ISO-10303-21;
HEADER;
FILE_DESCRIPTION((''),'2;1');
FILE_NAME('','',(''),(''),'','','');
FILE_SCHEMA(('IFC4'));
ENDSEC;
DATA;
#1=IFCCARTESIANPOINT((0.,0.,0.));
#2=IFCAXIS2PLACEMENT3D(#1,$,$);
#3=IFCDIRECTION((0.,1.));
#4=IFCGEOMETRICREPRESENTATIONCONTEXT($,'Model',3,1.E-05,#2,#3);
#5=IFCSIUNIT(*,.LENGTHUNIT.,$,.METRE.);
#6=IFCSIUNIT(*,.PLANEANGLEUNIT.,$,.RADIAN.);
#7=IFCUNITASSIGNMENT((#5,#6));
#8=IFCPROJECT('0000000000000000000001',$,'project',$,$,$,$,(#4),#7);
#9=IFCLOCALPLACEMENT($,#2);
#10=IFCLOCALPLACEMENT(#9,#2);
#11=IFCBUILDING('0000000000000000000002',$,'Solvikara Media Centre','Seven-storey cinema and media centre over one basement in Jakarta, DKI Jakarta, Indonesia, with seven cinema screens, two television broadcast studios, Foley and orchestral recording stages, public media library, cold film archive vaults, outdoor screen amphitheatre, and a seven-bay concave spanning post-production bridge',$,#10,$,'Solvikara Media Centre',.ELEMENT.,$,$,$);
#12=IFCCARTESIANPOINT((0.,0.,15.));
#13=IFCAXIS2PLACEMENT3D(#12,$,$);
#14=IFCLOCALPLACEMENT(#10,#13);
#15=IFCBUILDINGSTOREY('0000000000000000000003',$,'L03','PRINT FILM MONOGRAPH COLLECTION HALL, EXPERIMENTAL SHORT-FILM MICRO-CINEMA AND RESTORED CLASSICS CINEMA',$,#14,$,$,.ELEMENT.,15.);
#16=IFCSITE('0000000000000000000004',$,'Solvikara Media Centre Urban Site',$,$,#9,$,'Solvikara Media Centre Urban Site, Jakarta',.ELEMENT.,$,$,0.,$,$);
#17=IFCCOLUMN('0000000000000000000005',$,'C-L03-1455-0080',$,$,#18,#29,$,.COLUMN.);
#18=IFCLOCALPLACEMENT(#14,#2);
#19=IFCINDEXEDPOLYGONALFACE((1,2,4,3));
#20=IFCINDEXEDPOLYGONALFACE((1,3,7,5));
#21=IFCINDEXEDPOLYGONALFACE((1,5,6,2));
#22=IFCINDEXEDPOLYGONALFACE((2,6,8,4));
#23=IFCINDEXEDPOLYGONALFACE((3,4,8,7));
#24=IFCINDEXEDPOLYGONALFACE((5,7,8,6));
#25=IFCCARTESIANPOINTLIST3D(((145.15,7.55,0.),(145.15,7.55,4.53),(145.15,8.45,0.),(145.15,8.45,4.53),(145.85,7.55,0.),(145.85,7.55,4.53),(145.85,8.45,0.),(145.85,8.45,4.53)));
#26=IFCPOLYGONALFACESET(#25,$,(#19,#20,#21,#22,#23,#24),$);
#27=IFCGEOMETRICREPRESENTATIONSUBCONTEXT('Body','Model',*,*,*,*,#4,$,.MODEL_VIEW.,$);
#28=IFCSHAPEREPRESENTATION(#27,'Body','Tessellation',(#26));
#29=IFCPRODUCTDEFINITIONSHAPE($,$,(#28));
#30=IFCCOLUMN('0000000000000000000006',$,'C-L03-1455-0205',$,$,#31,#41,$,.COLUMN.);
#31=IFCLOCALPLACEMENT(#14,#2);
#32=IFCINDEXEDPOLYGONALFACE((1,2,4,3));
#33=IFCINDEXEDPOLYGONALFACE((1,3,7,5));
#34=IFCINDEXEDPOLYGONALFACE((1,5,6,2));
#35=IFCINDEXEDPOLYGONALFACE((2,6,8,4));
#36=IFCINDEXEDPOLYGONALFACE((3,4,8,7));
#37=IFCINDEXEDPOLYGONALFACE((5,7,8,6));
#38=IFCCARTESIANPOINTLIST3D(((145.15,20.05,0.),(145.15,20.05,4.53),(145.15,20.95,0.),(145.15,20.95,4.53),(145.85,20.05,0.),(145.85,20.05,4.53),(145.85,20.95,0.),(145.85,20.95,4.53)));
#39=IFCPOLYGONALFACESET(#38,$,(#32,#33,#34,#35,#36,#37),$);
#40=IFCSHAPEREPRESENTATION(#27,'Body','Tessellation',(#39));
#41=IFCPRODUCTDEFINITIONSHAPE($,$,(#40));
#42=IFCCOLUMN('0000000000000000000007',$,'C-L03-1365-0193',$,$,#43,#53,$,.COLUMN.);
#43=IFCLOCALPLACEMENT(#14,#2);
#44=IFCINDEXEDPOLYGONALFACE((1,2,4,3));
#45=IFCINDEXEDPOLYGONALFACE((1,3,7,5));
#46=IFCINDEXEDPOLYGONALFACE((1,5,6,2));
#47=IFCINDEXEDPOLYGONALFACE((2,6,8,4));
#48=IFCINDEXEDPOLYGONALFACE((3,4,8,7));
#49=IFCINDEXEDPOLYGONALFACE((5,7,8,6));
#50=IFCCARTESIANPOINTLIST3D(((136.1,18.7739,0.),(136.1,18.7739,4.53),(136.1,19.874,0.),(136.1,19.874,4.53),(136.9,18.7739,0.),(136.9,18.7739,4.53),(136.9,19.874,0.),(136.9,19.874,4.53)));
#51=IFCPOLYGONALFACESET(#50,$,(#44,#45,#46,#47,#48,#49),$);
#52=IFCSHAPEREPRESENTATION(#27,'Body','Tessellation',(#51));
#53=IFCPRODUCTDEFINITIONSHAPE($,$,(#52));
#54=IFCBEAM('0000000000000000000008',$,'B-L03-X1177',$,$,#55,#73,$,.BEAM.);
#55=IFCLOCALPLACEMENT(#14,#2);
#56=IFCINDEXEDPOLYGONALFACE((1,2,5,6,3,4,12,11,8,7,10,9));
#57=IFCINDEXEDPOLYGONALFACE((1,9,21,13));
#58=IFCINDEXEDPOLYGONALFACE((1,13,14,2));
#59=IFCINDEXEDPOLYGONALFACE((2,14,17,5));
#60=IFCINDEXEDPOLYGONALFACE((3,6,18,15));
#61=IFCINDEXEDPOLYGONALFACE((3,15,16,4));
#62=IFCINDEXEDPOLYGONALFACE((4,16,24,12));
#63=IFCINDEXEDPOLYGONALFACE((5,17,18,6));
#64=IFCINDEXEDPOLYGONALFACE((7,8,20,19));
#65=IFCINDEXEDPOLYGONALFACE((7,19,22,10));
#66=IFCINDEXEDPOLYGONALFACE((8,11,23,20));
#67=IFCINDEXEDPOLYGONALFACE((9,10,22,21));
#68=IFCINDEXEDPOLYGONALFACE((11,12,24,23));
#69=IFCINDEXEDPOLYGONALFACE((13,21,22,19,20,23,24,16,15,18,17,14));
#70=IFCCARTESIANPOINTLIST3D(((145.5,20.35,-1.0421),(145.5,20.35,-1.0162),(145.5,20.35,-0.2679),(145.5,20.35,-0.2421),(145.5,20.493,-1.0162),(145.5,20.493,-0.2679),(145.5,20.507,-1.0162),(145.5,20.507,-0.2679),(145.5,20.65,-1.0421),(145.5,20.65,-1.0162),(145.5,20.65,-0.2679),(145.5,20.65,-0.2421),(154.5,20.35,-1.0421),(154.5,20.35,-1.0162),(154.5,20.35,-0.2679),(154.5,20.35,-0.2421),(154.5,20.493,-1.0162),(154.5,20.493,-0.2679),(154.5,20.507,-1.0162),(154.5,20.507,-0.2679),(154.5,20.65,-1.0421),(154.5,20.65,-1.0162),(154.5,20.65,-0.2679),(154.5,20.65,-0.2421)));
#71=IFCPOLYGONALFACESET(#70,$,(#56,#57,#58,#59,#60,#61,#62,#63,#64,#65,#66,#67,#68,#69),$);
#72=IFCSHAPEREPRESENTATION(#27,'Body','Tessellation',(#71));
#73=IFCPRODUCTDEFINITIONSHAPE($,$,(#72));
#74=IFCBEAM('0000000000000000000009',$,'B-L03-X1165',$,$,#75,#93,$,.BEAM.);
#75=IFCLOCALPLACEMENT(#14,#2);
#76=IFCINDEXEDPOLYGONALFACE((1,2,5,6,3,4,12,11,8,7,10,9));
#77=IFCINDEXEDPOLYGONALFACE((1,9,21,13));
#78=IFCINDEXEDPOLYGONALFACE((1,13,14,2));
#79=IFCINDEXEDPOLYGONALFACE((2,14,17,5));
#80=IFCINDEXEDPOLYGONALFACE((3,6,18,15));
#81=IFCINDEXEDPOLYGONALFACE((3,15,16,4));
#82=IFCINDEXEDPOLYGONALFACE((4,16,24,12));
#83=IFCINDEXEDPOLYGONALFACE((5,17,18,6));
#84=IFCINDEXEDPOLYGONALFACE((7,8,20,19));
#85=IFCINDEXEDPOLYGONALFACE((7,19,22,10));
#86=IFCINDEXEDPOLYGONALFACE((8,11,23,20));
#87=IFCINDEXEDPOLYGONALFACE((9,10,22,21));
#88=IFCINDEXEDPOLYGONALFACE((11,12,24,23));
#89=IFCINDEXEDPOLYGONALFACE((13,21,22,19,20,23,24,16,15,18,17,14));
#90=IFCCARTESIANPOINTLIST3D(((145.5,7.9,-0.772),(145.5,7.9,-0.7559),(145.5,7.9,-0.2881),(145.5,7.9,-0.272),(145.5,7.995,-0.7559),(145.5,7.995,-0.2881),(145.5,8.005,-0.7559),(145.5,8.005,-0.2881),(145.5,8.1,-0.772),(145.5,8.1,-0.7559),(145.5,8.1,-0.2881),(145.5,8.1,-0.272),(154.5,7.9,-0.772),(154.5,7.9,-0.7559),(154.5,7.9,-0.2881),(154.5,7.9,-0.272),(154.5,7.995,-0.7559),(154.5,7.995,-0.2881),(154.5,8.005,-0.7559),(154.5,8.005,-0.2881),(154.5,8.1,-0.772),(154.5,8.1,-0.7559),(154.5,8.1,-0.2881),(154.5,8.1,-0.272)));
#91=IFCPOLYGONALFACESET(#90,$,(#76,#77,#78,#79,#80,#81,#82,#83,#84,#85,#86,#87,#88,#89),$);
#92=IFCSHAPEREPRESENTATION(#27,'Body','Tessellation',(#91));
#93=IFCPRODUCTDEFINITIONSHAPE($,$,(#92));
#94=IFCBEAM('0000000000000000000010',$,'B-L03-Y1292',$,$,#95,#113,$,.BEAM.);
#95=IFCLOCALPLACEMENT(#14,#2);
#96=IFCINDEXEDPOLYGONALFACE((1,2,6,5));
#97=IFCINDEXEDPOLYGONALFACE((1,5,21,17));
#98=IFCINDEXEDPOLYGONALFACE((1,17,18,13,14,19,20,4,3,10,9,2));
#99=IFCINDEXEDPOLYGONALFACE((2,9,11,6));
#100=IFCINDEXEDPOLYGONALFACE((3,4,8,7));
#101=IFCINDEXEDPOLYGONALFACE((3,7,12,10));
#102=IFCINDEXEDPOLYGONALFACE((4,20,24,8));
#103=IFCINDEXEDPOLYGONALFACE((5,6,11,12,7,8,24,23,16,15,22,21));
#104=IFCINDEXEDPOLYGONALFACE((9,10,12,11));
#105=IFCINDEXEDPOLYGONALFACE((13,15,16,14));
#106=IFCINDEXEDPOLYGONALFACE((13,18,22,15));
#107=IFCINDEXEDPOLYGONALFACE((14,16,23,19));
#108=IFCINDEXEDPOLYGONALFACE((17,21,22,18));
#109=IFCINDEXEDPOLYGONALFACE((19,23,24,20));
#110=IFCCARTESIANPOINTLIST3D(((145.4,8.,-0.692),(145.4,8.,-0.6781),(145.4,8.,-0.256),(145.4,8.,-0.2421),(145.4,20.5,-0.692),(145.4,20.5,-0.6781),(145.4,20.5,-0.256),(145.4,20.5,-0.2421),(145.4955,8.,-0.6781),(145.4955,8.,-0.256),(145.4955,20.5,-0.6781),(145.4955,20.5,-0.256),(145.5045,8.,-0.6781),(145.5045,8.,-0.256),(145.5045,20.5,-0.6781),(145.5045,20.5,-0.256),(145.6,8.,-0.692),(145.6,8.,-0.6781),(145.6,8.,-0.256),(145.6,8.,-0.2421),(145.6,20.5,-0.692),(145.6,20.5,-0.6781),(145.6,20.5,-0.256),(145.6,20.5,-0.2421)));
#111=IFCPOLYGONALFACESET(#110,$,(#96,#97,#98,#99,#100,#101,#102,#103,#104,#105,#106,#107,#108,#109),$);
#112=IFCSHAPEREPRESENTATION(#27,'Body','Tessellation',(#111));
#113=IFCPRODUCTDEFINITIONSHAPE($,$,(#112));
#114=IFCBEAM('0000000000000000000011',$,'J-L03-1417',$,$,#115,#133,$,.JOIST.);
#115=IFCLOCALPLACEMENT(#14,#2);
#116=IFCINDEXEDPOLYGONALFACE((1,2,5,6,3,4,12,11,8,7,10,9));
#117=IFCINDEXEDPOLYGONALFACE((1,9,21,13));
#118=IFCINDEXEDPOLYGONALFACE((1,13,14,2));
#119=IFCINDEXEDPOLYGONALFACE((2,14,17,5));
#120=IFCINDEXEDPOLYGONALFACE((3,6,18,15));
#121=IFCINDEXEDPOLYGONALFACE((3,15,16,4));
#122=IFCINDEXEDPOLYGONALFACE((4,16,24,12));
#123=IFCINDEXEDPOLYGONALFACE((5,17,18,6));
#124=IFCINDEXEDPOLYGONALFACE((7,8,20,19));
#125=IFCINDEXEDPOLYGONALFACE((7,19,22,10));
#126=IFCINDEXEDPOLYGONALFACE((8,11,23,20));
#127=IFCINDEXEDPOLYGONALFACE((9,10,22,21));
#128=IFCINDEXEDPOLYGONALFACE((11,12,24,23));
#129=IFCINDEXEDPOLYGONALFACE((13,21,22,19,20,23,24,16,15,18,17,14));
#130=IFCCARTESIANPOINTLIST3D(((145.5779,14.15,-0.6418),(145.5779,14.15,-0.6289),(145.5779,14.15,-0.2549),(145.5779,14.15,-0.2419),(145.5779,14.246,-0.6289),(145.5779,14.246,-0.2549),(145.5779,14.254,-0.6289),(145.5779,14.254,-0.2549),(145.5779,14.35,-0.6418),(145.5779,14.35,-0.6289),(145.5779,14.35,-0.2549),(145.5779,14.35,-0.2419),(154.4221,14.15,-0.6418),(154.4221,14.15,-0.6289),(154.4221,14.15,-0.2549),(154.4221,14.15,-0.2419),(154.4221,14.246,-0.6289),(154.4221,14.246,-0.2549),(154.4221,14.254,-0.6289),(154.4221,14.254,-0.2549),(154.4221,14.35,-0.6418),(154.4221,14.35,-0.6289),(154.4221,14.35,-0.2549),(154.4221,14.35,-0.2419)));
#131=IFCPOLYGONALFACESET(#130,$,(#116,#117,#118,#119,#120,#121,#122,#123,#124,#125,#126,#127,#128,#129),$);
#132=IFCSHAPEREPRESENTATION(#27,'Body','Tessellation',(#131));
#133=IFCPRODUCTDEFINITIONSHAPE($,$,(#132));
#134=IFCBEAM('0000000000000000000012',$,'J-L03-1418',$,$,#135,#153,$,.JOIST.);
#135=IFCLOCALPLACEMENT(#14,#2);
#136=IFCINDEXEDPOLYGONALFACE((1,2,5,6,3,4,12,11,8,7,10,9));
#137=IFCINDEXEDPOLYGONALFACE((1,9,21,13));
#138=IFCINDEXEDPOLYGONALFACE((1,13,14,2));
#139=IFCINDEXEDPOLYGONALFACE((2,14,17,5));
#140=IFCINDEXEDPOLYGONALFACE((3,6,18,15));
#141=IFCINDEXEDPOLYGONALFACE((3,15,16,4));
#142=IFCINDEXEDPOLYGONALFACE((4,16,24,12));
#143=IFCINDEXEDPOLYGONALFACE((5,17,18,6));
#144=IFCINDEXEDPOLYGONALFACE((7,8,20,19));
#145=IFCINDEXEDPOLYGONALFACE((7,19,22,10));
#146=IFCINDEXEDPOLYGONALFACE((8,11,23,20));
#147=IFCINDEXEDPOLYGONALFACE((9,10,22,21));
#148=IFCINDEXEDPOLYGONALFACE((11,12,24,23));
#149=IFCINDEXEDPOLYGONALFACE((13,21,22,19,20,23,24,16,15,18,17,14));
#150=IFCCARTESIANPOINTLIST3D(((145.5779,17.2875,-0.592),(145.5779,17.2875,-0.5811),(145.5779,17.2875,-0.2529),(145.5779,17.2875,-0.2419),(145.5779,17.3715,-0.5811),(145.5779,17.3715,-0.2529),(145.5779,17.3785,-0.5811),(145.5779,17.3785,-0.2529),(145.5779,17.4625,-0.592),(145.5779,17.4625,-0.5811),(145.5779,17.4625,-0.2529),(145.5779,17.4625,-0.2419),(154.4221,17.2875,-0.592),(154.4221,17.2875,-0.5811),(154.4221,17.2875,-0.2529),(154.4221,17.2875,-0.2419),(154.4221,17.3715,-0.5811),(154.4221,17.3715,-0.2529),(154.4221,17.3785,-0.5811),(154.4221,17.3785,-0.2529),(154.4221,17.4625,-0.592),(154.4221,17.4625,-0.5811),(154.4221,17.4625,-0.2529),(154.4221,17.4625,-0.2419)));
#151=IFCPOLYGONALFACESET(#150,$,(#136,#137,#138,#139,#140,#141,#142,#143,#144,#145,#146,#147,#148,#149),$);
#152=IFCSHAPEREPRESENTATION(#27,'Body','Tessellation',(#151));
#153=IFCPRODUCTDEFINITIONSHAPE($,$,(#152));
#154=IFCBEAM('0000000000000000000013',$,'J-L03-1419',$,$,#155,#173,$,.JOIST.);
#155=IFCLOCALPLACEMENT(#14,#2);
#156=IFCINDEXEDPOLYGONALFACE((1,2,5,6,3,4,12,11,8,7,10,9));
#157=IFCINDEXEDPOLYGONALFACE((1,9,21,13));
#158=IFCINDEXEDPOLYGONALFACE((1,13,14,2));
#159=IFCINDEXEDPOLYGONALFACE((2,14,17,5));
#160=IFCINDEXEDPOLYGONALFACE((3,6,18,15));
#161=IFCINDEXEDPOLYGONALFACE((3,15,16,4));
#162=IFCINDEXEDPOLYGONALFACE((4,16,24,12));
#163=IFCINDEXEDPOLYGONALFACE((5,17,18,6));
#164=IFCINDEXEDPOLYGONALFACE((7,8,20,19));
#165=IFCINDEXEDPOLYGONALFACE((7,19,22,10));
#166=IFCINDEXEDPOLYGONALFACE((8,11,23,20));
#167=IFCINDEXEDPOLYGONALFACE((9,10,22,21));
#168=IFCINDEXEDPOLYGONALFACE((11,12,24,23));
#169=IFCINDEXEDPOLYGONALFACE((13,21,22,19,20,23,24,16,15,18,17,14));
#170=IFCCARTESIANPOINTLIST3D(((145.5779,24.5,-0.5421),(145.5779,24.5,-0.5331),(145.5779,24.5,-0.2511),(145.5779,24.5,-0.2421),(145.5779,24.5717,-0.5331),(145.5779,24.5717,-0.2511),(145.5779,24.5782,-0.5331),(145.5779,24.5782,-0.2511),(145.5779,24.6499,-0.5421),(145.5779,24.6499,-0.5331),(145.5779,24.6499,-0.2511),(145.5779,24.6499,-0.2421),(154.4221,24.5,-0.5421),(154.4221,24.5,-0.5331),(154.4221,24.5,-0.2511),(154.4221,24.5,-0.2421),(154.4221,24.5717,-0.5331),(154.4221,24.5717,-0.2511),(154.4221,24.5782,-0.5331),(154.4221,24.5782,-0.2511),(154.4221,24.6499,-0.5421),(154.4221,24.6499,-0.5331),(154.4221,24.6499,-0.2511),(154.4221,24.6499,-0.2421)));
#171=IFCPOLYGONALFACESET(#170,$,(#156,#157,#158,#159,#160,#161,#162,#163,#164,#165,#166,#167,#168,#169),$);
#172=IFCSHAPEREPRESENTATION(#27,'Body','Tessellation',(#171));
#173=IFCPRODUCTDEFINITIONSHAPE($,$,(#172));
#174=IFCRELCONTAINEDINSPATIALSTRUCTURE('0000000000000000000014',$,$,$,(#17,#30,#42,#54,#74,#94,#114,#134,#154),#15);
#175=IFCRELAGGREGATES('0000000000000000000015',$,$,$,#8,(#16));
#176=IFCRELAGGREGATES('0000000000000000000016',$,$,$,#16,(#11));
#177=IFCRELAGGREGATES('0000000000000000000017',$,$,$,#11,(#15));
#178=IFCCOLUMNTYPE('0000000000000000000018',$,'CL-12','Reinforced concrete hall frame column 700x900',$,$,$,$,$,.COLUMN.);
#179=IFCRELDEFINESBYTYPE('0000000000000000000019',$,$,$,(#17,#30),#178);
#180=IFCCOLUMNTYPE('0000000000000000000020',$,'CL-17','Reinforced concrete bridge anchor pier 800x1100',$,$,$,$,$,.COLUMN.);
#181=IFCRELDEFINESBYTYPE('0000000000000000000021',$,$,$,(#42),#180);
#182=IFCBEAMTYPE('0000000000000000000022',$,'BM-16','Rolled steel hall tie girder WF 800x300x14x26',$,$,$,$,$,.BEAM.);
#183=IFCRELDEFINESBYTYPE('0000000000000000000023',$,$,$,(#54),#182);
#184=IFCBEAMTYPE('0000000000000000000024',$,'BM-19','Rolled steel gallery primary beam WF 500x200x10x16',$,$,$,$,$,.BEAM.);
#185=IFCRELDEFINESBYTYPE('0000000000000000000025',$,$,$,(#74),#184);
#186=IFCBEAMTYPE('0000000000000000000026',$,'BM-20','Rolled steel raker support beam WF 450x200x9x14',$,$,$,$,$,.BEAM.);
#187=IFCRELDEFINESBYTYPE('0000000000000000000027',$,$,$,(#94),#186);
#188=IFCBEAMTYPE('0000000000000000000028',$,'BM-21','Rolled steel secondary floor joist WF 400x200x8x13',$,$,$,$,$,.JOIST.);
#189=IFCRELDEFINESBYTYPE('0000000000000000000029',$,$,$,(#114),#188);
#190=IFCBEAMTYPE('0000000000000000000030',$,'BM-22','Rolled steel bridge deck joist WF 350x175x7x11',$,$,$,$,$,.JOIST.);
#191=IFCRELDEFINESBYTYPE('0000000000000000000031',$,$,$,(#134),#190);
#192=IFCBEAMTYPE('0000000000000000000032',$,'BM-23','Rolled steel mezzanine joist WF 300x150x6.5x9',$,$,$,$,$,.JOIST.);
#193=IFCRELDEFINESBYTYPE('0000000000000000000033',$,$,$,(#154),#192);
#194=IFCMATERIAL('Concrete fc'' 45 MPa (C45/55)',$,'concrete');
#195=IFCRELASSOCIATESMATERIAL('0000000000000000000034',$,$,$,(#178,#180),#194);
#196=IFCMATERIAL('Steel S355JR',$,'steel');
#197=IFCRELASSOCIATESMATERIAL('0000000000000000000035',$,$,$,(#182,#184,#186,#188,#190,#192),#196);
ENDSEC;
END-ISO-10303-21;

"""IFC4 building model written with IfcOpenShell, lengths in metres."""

from ifc_helpers import new_model, si_unit, direction, frame, origin, origin_2d, place, context, subcontext, project, spatial, rectangle, i_section, extrude, material, material_profile, profile_set, type_object, element, save


model = new_model("IFC4")

# Units and contexts
model_context = context("Model", 3, precision=1e-05, world=origin(), true_north=direction((0.0, 1.0)))
body_context = subcontext(model_context, "Body", "Model", "MODEL_VIEW")
ifc_project = project(units=[si_unit("LENGTHUNIT", "METRE"), si_unit("PLANEANGLEUNIT", "RADIAN")], contexts=[model_context])

# Site, building, storey
site_placement = place(None, origin())
site = spatial("IfcSite", under=ifc_project, at=site_placement, Name="Solvikara Media Centre Urban Site", LongName="Solvikara Media Centre Urban Site, Jakarta", CompositionType="ELEMENT", RefElevation=0.0)
building_placement = place(site_placement, origin())
building = spatial("IfcBuilding", under=site, at=building_placement, Name="Solvikara Media Centre", Description="Seven-storey cinema and media centre over one basement in Jakarta, DKI Jakarta, Indonesia, with seven cinema screens, two television broadcast studios, Foley and orchestral recording stages, public media library, cold film archive vaults, outdoor screen amphitheatre, and a seven-bay concave spanning post-production bridge", LongName="Solvikara Media Centre", CompositionType="ELEMENT")
storey_placement = place(building_placement, frame((0.0, 0.0, 15.0)))
storey = spatial("IfcBuildingStorey", under=building, at=storey_placement, Name="L03", Description="PRINT FILM MONOGRAPH COLLECTION HALL, EXPERIMENTAL SHORT-FILM MICRO-CINEMA AND RESTORED CLASSICS CINEMA", CompositionType="ELEMENT", Elevation=15.0)

# Columns
ifc_material_1 = material(Name="Concrete fc' 45 MPa (C45/55)", Category="concrete")
ifc_material_profile_1 = material_profile(ifc_material_1, rectangle(XDim=0.7, YDim=0.8999, at=origin_2d()), Name="RC 700x900")
ifc_profile_set_1 = profile_set([ifc_material_profile_1], Name="Concrete fc' 45 MPa (C45/55)")
column_type_1 = type_object("IfcColumnType", Name="CL-12", Description="Reinforced concrete hall frame column 700x900", PredefinedType="COLUMN", material=ifc_profile_set_1)
for number, where, z_axis, x_axis, name in (
    (1, (145.5, 8.0, 0.0), (0.0, 0.0, 1.0), (1.0, 0.0, 0.0), "C-L03-1455-0080"),
    (2, (145.5, 20.5, 0.0), (0.0, 0.0, 1.0), (1.0, 0.0, 0.0), "C-L03-1455-0205"),
):
    element("IfcColumn", number, at=place(storey_placement, frame(where, z_axis=z_axis, x_axis=x_axis)), inside=storey, type_object=column_type_1, Name=name, PredefinedType="COLUMN", context=body_context, shape_type="SweptSolid", body=[
        extrude(rectangle(XDim=0.7, YDim=0.8999, at=origin_2d()), origin(), (0.0, 0.0, 1.0), 4.53),
    ])
ifc_material_profile_2 = material_profile(ifc_material_1, rectangle(XDim=0.8, YDim=1.1001, at=origin_2d()), Name="RC 800x1100")
ifc_profile_set_2 = profile_set([ifc_material_profile_2], Name="Concrete fc' 45 MPa (C45/55)")
column_type_2 = type_object("IfcColumnType", Name="CL-17", Description="Reinforced concrete bridge anchor pier 800x1100", PredefinedType="COLUMN", material=ifc_profile_set_2)
column_placement = place(storey_placement, frame((136.5, 19.324, 0.0), z_axis=(0.0, 0.0, 1.0), x_axis=(1.0, 0.0, 0.0)))
element("IfcColumn", 3, at=column_placement, inside=storey, type_object=column_type_2, Name="C-L03-1365-0193", PredefinedType="COLUMN", context=body_context, shape_type="SweptSolid", body=[
    extrude(rectangle(XDim=0.8, YDim=1.1001, at=origin_2d()), origin(), (0.0, 0.0, 1.0), 4.53),
])

# Beams
ifc_material_2 = material(Name="Steel S355JR", Category="steel")
ifc_material_profile_3 = material_profile(ifc_material_2, i_section(OverallWidth=0.3, OverallDepth=0.8, WebThickness=0.0139, FlangeThickness=0.0259, at=origin_2d()), Name="WF 800x300x14x26")
ifc_profile_set_3 = profile_set([ifc_material_profile_3], Name="Steel S355JR")
beam_type_1 = type_object("IfcBeamType", Name="BM-16", Description="Rolled steel hall tie girder WF 800x300x14x26", PredefinedType="BEAM", material=ifc_profile_set_3)
beam_1_placement = place(storey_placement, frame((145.5, 20.5, -0.6421), z_axis=(1.0, 0.0, 0.0), x_axis=(0.0, 1.0, 0.0)))
element("IfcBeam", 4, at=beam_1_placement, inside=storey, type_object=beam_type_1, Name="B-L03-X1177", PredefinedType="BEAM", context=body_context, shape_type="SweptSolid", body=[
    extrude(i_section(OverallWidth=0.3, OverallDepth=0.8, WebThickness=0.0139, FlangeThickness=0.0259, at=origin_2d()), origin(), (0.0, 0.0, 1.0), 9.0),
])
ifc_material_profile_4 = material_profile(ifc_material_2, i_section(OverallWidth=0.2, OverallDepth=0.5, WebThickness=0.01, FlangeThickness=0.0161, at=origin_2d()), Name="WF 500x200x10x16")
ifc_profile_set_4 = profile_set([ifc_material_profile_4], Name="Steel S355JR")
beam_type_2 = type_object("IfcBeamType", Name="BM-19", Description="Rolled steel gallery primary beam WF 500x200x10x16", PredefinedType="BEAM", material=ifc_profile_set_4)
beam_2_placement = place(storey_placement, frame((145.5, 8.0, -0.522), z_axis=(1.0, 0.0, 0.0), x_axis=(0.0, 1.0, 0.0)))
element("IfcBeam", 5, at=beam_2_placement, inside=storey, type_object=beam_type_2, Name="B-L03-X1165", PredefinedType="BEAM", context=body_context, shape_type="SweptSolid", body=[
    extrude(i_section(OverallWidth=0.2, OverallDepth=0.5, WebThickness=0.01, FlangeThickness=0.0161, at=origin_2d()), origin(), (0.0, 0.0, 1.0), 9.0),
])
ifc_material_profile_5 = material_profile(ifc_material_2, i_section(OverallWidth=0.2, OverallDepth=0.45, WebThickness=0.009, FlangeThickness=0.0139, at=origin_2d()), Name="WF 450x200x9x14")
ifc_profile_set_5 = profile_set([ifc_material_profile_5], Name="Steel S355JR")
beam_type_3 = type_object("IfcBeamType", Name="BM-20", Description="Rolled steel raker support beam WF 450x200x9x14", PredefinedType="BEAM", material=ifc_profile_set_5)
beam_3_placement = place(storey_placement, frame((145.5, 8.0, -0.467), z_axis=(0.0, 1.0, 0.0), x_axis=(-1.0, 0.0, 0.0)))
element("IfcBeam", 6, at=beam_3_placement, inside=storey, type_object=beam_type_3, Name="B-L03-Y1292", PredefinedType="BEAM", context=body_context, shape_type="SweptSolid", body=[
    extrude(i_section(OverallWidth=0.2, OverallDepth=0.45, WebThickness=0.009, FlangeThickness=0.0139, at=origin_2d()), origin(), (0.0, 0.0, 1.0), 12.5),
])
ifc_material_profile_6 = material_profile(ifc_material_2, i_section(OverallWidth=0.2, OverallDepth=0.3999, WebThickness=0.0081, FlangeThickness=0.0129, at=origin_2d()), Name="WF 400x200x8x13")
ifc_profile_set_6 = profile_set([ifc_material_profile_6], Name="Steel S355JR")
beam_type_4 = type_object("IfcBeamType", Name="BM-21", Description="Rolled steel secondary floor joist WF 400x200x8x13", PredefinedType="JOIST", material=ifc_profile_set_6)
beam_4_placement = place(storey_placement, frame((145.5779, 14.25, -0.4419), z_axis=(1.0, 0.0, 0.0), x_axis=(0.0, 1.0, 0.0)))
element("IfcBeam", 7, at=beam_4_placement, inside=storey, type_object=beam_type_4, Name="J-L03-1417", PredefinedType="JOIST", context=body_context, shape_type="SweptSolid", body=[
    extrude(i_section(OverallWidth=0.2, OverallDepth=0.3999, WebThickness=0.0081, FlangeThickness=0.0129, at=origin_2d()), origin(), (0.0, 0.0, 1.0), 8.8442),
])
ifc_material_profile_7 = material_profile(ifc_material_2, i_section(OverallWidth=0.175, OverallDepth=0.3501, WebThickness=0.0071, FlangeThickness=0.011, at=origin_2d()), Name="WF 350x175x7x11")
ifc_profile_set_7 = profile_set([ifc_material_profile_7], Name="Steel S355JR")
beam_type_5 = type_object("IfcBeamType", Name="BM-22", Description="Rolled steel bridge deck joist WF 350x175x7x11", PredefinedType="JOIST", material=ifc_profile_set_7)
beam_5_placement = place(storey_placement, frame((145.5779, 17.375, -0.417), z_axis=(1.0, 0.0, 0.0), x_axis=(0.0, 1.0, 0.0)))
element("IfcBeam", 8, at=beam_5_placement, inside=storey, type_object=beam_type_5, Name="J-L03-1418", PredefinedType="JOIST", context=body_context, shape_type="SweptSolid", body=[
    extrude(i_section(OverallWidth=0.175, OverallDepth=0.3501, WebThickness=0.0071, FlangeThickness=0.011, at=origin_2d()), origin(), (0.0, 0.0, 1.0), 8.8442),
])
ifc_material_profile_8 = material_profile(ifc_material_2, i_section(OverallWidth=0.1499, OverallDepth=0.3, WebThickness=0.0066, FlangeThickness=0.009, at=origin_2d()), Name="WF 300x150x6.5x9")
ifc_profile_set_8 = profile_set([ifc_material_profile_8], Name="Steel S355JR")
beam_type_6 = type_object("IfcBeamType", Name="BM-23", Description="Rolled steel mezzanine joist WF 300x150x6.5x9", PredefinedType="JOIST", material=ifc_profile_set_8)
beam_6_placement = place(storey_placement, frame((145.5779, 24.575, -0.3921), z_axis=(1.0, 0.0, 0.0), x_axis=(0.0, 1.0, 0.0)))
element("IfcBeam", 9, at=beam_6_placement, inside=storey, type_object=beam_type_6, Name="J-L03-1419", PredefinedType="JOIST", context=body_context, shape_type="SweptSolid", body=[
    extrude(i_section(OverallWidth=0.1499, OverallDepth=0.3, WebThickness=0.0066, FlangeThickness=0.009, at=origin_2d()), origin(), (0.0, 0.0, 1.0), 8.8442),
])

save(model, "model.ifc")
